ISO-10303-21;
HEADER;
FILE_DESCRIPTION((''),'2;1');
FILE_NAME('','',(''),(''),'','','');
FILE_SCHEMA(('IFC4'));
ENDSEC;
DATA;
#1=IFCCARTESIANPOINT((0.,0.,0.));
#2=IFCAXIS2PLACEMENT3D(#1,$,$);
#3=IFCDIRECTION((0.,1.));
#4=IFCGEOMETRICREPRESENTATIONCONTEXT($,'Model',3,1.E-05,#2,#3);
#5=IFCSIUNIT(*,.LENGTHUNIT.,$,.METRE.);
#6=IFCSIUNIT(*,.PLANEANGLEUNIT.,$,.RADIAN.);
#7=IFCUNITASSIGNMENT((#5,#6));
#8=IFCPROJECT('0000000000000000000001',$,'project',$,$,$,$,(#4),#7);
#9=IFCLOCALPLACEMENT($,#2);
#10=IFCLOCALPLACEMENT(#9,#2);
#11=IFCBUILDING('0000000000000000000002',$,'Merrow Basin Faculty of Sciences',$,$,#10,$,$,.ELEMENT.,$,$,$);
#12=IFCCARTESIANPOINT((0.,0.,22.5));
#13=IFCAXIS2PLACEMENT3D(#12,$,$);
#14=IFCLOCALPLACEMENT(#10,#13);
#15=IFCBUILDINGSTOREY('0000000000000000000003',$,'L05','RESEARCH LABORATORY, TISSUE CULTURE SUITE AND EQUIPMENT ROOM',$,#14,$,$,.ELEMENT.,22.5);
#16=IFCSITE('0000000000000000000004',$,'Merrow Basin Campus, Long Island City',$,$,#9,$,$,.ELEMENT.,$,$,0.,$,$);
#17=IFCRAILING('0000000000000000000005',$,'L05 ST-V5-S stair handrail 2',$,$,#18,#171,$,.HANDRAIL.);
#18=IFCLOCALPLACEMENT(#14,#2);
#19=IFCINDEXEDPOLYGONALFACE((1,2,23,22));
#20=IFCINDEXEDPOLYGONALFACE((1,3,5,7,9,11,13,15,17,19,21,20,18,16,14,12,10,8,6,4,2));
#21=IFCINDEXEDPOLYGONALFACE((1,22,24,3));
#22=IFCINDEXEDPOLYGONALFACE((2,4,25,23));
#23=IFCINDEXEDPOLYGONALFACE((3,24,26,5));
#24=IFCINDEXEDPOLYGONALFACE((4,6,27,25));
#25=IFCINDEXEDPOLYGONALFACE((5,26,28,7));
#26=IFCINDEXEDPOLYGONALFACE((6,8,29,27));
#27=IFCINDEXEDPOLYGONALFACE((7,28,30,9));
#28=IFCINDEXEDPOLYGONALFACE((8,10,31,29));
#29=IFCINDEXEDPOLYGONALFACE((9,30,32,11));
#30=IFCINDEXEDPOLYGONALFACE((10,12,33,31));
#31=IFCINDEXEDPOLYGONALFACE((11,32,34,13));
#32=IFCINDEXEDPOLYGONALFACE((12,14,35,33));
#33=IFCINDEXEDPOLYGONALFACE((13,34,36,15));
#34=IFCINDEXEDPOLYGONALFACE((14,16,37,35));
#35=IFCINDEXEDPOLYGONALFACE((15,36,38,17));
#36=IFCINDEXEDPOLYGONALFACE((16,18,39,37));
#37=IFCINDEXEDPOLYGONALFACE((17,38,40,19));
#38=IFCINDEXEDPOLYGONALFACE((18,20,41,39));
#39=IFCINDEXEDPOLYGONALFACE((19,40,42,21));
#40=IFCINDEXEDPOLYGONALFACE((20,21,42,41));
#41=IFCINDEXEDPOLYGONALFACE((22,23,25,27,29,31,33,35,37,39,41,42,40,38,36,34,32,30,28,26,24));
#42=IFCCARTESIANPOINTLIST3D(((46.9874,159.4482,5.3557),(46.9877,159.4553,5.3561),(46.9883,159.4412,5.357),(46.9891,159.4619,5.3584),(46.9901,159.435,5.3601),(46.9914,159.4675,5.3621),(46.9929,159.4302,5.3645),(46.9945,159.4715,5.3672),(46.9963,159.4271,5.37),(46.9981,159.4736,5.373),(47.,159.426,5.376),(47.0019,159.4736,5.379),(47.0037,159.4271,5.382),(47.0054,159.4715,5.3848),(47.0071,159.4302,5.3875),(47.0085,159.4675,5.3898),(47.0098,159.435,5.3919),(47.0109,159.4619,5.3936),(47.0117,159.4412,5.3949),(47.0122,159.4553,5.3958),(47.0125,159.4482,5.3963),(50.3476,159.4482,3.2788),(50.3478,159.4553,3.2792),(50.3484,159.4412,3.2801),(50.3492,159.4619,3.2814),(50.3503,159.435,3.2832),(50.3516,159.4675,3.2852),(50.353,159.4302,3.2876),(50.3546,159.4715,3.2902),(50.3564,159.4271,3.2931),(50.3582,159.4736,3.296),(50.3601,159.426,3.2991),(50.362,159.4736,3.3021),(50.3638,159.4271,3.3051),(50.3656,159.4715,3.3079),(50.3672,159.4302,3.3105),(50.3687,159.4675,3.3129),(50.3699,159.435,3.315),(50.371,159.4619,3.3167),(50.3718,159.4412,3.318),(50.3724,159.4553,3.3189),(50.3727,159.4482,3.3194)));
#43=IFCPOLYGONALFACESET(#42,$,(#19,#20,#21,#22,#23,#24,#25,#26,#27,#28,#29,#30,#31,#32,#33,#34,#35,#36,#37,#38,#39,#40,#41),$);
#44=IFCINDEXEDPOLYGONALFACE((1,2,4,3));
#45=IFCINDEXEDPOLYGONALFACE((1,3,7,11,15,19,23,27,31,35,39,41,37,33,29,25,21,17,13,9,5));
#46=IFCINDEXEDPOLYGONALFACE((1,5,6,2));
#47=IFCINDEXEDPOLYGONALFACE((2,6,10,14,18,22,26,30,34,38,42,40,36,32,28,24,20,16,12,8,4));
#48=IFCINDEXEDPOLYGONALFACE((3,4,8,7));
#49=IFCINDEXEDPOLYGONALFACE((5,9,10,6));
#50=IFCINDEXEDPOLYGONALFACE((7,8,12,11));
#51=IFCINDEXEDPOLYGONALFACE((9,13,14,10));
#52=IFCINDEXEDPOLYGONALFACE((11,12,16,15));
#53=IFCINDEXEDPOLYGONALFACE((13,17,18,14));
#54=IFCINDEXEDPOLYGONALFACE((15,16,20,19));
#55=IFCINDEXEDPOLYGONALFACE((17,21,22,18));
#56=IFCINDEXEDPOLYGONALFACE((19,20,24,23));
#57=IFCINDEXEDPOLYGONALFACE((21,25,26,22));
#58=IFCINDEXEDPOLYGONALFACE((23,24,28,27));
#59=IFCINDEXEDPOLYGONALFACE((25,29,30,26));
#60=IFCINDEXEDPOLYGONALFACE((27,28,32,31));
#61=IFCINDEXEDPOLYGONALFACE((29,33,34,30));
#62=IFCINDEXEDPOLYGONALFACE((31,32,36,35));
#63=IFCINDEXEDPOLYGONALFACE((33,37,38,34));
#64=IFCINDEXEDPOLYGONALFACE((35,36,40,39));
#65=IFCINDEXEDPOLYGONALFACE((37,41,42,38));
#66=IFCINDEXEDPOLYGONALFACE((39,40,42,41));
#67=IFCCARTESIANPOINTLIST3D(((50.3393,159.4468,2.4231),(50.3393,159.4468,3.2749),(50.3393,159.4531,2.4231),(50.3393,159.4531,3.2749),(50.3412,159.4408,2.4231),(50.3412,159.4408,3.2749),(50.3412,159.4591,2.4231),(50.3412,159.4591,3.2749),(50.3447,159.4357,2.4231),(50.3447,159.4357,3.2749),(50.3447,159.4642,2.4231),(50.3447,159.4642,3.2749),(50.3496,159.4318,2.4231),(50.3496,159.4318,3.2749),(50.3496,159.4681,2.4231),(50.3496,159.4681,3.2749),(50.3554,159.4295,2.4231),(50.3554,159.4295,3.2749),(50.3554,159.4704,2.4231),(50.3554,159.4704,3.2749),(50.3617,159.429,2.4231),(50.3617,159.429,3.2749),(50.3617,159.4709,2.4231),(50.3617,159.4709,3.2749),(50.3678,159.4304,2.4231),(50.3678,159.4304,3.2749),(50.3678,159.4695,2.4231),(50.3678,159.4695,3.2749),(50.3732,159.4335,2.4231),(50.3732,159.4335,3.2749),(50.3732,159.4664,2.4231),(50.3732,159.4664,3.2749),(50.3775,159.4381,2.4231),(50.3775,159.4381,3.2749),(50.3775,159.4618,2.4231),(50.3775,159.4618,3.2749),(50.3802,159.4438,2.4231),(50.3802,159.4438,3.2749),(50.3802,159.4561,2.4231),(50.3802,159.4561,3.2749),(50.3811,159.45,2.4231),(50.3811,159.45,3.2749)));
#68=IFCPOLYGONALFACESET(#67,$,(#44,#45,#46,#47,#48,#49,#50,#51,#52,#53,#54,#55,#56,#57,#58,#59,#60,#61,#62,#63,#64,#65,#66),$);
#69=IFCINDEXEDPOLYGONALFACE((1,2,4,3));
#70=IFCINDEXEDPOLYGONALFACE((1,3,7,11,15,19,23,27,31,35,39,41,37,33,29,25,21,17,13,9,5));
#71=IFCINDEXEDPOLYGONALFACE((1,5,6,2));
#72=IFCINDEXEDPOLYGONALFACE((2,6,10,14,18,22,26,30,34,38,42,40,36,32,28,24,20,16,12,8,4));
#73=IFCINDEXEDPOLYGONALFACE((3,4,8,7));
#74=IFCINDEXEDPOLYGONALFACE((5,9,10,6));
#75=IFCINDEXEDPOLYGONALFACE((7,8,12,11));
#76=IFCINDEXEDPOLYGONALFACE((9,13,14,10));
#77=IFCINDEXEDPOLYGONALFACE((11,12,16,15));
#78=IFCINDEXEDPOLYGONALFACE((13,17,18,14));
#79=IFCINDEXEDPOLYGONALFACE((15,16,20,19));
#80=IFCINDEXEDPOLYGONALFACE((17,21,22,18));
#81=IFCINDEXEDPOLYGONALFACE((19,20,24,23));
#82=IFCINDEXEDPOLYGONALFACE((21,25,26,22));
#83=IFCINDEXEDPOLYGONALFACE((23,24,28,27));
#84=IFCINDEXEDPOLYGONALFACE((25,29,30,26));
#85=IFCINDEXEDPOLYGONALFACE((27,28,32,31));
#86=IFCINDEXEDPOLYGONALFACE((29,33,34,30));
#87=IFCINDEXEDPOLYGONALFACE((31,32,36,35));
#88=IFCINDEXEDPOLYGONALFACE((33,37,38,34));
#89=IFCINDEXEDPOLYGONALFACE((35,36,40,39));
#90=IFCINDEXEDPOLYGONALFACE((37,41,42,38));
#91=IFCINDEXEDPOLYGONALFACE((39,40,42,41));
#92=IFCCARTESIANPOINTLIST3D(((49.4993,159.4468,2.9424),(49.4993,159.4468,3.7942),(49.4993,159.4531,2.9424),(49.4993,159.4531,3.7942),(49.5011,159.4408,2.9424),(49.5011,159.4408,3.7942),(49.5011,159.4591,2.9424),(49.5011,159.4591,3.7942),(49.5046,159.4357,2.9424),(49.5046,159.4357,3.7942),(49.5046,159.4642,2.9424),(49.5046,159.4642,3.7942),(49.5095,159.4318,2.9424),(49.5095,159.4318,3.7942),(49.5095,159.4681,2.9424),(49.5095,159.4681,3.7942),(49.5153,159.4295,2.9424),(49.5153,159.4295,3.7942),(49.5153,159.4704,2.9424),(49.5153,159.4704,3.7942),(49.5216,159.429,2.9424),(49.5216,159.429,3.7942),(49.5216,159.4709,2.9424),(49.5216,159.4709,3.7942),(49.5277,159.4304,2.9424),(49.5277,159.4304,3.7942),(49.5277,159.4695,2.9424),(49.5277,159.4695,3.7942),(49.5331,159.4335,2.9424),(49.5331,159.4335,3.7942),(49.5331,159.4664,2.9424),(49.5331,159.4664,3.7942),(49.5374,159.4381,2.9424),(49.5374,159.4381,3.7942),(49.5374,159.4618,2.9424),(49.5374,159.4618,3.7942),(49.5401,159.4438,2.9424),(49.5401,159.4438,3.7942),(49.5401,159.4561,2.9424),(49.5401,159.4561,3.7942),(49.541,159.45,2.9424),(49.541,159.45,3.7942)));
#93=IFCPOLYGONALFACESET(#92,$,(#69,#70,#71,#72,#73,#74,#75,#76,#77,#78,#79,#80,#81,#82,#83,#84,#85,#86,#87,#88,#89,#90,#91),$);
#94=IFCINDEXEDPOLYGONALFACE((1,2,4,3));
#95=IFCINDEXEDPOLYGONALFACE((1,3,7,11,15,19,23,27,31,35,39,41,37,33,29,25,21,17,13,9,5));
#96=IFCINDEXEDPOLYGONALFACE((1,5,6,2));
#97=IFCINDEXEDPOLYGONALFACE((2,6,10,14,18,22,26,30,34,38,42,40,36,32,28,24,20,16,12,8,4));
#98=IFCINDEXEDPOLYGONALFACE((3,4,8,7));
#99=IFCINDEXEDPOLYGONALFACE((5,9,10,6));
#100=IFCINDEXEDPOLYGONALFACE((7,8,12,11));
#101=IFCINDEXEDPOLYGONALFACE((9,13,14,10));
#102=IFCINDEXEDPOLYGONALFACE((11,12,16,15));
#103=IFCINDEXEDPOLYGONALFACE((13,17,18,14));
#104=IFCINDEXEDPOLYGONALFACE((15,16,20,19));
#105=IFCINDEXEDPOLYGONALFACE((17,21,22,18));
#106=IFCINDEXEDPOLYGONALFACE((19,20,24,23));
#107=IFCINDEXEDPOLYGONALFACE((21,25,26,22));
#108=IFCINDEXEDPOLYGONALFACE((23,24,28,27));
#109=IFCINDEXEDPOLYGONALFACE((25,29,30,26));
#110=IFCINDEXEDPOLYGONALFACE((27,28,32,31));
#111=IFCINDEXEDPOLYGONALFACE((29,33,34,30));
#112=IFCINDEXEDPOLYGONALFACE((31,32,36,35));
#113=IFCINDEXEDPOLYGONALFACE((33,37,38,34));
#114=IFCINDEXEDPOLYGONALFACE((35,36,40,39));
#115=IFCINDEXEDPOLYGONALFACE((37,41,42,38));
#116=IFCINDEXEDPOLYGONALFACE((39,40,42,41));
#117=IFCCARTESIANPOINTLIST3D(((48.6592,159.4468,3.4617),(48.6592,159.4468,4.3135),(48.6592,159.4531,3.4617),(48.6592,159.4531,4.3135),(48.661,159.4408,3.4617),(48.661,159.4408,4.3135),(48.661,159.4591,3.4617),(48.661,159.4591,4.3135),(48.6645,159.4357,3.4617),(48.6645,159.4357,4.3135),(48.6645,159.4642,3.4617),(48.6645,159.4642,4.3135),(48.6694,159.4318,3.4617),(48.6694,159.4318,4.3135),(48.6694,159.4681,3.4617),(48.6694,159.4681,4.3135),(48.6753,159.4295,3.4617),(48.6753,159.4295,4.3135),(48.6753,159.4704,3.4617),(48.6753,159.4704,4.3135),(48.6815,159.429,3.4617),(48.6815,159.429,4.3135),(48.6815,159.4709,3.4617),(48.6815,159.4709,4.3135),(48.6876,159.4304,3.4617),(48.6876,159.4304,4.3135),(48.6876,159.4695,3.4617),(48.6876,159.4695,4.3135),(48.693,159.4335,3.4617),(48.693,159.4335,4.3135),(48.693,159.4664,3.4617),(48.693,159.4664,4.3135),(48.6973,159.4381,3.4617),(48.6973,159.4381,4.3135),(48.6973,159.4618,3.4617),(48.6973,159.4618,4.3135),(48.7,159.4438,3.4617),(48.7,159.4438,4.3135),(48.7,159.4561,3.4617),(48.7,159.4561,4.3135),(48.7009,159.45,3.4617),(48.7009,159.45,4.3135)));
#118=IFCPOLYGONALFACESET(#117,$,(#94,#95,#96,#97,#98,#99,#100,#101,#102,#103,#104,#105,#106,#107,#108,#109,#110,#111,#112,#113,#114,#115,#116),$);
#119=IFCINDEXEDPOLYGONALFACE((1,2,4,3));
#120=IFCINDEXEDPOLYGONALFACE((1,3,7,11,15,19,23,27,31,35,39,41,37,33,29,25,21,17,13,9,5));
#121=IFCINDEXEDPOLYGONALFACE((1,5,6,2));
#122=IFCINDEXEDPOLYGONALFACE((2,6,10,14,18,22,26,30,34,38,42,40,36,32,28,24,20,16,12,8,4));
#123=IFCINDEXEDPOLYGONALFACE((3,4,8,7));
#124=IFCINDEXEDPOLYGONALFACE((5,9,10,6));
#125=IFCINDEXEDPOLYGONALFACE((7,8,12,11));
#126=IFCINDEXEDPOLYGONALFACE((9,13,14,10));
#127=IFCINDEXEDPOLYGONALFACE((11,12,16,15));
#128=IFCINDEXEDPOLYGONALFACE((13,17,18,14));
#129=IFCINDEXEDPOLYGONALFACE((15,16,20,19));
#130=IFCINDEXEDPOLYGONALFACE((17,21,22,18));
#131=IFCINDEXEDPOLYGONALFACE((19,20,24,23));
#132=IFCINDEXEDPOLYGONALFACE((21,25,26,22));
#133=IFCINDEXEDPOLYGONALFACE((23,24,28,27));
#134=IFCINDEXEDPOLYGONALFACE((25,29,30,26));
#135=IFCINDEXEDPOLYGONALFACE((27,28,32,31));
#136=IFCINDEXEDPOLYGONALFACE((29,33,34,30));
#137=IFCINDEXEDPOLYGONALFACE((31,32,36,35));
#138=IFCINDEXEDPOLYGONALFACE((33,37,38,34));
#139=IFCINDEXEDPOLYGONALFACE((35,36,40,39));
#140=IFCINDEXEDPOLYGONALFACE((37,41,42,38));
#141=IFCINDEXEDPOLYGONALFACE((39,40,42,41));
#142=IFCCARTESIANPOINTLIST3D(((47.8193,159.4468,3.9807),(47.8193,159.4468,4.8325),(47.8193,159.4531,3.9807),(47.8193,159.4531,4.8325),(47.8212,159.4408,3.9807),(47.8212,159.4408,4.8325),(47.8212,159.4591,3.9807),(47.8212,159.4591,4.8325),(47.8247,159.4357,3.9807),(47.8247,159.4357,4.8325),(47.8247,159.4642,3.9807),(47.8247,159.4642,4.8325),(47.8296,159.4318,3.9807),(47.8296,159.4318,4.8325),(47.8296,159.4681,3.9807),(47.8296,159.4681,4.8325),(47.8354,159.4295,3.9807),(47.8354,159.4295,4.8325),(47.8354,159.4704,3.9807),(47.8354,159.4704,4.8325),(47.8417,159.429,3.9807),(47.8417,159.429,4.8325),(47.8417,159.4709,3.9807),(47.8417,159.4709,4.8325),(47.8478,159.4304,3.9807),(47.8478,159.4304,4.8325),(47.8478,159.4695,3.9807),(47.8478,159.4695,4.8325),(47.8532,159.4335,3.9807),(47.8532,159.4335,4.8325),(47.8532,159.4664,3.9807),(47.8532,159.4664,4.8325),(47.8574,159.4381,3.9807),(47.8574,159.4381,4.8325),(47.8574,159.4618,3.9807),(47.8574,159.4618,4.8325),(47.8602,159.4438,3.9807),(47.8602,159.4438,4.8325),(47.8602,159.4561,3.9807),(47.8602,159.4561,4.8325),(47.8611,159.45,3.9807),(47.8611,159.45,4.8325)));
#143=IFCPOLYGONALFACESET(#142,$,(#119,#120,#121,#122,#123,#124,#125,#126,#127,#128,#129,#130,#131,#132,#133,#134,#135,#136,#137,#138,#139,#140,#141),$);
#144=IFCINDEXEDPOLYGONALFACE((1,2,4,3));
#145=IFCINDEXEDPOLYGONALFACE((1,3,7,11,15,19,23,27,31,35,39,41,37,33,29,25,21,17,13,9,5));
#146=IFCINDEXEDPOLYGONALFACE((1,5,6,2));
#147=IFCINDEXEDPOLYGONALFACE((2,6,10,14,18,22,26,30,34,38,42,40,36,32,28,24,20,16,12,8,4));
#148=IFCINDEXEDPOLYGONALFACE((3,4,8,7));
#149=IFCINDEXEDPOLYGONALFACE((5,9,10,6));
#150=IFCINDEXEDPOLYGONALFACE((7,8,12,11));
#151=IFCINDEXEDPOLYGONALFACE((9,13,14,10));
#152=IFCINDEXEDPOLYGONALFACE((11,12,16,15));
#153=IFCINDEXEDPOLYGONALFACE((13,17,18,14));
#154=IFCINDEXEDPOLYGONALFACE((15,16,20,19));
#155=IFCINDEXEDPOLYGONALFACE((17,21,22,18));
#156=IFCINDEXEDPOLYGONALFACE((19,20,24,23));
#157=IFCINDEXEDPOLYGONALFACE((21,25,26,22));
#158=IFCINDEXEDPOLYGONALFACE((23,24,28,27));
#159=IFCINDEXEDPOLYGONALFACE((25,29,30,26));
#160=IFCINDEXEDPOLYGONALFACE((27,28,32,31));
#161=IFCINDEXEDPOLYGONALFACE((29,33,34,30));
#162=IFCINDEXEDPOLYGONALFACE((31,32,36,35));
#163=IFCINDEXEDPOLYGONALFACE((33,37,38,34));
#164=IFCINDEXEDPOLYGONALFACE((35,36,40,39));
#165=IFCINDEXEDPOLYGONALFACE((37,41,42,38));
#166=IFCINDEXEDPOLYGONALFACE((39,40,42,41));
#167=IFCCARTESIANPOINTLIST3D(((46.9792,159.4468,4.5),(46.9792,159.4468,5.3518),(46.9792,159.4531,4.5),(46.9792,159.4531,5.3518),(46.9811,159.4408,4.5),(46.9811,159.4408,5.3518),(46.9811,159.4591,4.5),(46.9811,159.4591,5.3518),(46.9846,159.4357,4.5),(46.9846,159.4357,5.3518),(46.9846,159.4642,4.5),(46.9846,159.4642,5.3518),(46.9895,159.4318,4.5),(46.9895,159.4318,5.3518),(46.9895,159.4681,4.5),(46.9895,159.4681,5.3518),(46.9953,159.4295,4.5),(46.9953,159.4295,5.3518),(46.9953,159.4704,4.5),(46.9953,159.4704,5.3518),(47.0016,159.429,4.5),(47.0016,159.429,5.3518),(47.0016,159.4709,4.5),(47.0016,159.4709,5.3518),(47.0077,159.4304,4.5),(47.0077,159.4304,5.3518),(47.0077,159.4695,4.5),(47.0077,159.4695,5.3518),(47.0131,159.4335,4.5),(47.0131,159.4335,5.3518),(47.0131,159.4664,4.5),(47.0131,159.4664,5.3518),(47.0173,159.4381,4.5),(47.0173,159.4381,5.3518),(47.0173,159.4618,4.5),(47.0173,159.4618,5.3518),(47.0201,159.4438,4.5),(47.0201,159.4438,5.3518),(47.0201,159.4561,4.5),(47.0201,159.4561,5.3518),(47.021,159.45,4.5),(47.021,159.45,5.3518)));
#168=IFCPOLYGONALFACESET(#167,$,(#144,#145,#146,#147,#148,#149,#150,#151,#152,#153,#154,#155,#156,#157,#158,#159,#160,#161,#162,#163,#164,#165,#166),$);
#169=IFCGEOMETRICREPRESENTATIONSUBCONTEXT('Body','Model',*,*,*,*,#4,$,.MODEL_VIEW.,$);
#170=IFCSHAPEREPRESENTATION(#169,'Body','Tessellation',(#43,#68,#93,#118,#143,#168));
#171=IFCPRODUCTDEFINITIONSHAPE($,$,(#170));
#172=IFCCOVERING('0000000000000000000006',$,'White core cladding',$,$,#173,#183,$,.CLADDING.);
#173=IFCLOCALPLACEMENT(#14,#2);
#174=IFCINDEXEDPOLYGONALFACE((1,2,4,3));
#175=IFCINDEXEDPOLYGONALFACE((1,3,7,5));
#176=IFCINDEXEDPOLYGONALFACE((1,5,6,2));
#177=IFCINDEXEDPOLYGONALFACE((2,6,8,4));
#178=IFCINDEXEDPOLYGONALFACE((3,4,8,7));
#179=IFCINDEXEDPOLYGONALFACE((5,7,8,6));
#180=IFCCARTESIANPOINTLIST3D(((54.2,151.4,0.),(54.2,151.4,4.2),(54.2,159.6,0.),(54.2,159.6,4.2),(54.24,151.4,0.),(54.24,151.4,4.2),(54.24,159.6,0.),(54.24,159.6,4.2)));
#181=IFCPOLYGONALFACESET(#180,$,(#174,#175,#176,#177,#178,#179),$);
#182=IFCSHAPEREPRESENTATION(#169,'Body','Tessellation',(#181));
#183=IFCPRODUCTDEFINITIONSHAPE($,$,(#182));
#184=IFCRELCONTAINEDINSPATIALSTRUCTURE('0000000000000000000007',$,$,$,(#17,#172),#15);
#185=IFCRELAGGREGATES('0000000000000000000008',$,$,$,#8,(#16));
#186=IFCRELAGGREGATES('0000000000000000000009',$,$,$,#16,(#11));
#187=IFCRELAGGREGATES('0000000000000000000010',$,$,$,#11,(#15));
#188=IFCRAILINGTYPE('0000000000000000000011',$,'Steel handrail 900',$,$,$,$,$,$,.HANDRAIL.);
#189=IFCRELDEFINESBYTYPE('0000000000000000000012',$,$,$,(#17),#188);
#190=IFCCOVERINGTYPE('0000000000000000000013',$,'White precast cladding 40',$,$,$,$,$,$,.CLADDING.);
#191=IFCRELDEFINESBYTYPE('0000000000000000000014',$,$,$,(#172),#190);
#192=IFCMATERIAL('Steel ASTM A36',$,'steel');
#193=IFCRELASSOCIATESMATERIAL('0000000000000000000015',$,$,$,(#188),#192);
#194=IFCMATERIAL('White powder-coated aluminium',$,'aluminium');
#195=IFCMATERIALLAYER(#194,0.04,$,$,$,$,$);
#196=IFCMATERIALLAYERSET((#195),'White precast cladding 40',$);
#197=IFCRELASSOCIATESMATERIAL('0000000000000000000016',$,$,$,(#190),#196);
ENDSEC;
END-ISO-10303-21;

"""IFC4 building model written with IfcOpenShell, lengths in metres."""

from ifc_helpers import new_model, si_unit, direction, frame, origin, origin_2d, place, context, subcontext, project, spatial, rectangle, circle, extrude, material, layer, layer_set, type_object, element, save


model = new_model("IFC4")

# Units and contexts
model_context = context("Model", 3, precision=1e-05, world=origin(), true_north=direction((0.0, 1.0)))
body_context = subcontext(model_context, "Body", "Model", "MODEL_VIEW")
ifc_project = project(units=[si_unit("LENGTHUNIT", "METRE"), si_unit("PLANEANGLEUNIT", "RADIAN")], contexts=[model_context])

# Site, building, storey
site_placement = place(None, origin())
site = spatial("IfcSite", under=ifc_project, at=site_placement, Name="Merrow Basin Campus, Long Island City", CompositionType="ELEMENT", RefElevation=0.0)
building_placement = place(site_placement, origin())
building = spatial("IfcBuilding", under=site, at=building_placement, Name="Merrow Basin Faculty of Sciences", CompositionType="ELEMENT")
storey_placement = place(building_placement, frame((0.0, 0.0, 22.5)))
storey = spatial("IfcBuildingStorey", under=building, at=storey_placement, Name="L05", Description="RESEARCH LABORATORY, TISSUE CULTURE SUITE AND EQUIPMENT ROOM", CompositionType="ELEMENT", Elevation=22.5)

# Railing
ifc_material_1 = material(Name="Steel ASTM A36", Category="steel")
railing_type_1 = type_object("IfcRailingType", Name="Steel handrail 900", PredefinedType="HANDRAIL", material=ifc_material_1)
railing_1_placement = place(storey_placement, frame((50.3601, 159.45, 2.4231)))
element("IfcRailing", 1, at=railing_1_placement, inside=storey, type_object=railing_type_1, Name="L05 ST-V5-S stair handrail 2", PredefinedType="HANDRAIL", context=body_context, shape_type="SweptSolid", body=[
    extrude(circle(Radius=0.0239, at=origin_2d()), frame((0.0, 0.0, 0.876), z_axis=(-0.850623, 0.0, 0.525776), x_axis=(0.0, -1.0, 0.0)), (0.0, 0.0, 1.0), 3.9502),
    extrude(circle(Radius=0.021, at=origin_2d()), origin(), (0.0, 0.0, 1.0), 0.8518),
    extrude(circle(Radius=0.021, at=origin_2d()), frame((-0.8401, 0.0, 0.5193)), (0.0, 0.0, 1.0), 0.8518),
    extrude(circle(Radius=0.021, at=origin_2d()), frame((-1.6802, 0.0, 1.0386)), (0.0, 0.0, 1.0), 0.8518),
    extrude(circle(Radius=0.021, at=origin_2d()), frame((-2.52, 0.0, 1.5576)), (0.0, 0.0, 1.0), 0.8518),
    extrude(circle(Radius=0.021, at=origin_2d()), frame((-3.3601, 0.0, 2.0769)), (0.0, 0.0, 1.0), 0.8518),
])

# Covering
ifc_material_2 = material(Name="White powder-coated aluminium", Category="aluminium")
ifc_layer_1 = layer(ifc_material_2, 0.04)
ifc_layer_set_1 = layer_set([ifc_layer_1], Name="White precast cladding 40")
covering_type = type_object("IfcCoveringType", Name="White precast cladding 40", PredefinedType="CLADDING", material=ifc_layer_set_1)
covering_placement = place(storey_placement, frame((54.22, 155.5, 0.0), z_axis=(0.0, 0.0, 1.0), x_axis=(1.0, 0.0, 0.0)))
element("IfcCovering", 2, at=covering_placement, inside=storey, type_object=covering_type, Name="White core cladding", PredefinedType="CLADDING", context=body_context, shape_type="SweptSolid", body=[
    extrude(rectangle(XDim=0.04, YDim=8.2, at=origin_2d()), origin(), (0.0, 0.0, 1.0), 4.2),
])

save(model, "model.ifc")
